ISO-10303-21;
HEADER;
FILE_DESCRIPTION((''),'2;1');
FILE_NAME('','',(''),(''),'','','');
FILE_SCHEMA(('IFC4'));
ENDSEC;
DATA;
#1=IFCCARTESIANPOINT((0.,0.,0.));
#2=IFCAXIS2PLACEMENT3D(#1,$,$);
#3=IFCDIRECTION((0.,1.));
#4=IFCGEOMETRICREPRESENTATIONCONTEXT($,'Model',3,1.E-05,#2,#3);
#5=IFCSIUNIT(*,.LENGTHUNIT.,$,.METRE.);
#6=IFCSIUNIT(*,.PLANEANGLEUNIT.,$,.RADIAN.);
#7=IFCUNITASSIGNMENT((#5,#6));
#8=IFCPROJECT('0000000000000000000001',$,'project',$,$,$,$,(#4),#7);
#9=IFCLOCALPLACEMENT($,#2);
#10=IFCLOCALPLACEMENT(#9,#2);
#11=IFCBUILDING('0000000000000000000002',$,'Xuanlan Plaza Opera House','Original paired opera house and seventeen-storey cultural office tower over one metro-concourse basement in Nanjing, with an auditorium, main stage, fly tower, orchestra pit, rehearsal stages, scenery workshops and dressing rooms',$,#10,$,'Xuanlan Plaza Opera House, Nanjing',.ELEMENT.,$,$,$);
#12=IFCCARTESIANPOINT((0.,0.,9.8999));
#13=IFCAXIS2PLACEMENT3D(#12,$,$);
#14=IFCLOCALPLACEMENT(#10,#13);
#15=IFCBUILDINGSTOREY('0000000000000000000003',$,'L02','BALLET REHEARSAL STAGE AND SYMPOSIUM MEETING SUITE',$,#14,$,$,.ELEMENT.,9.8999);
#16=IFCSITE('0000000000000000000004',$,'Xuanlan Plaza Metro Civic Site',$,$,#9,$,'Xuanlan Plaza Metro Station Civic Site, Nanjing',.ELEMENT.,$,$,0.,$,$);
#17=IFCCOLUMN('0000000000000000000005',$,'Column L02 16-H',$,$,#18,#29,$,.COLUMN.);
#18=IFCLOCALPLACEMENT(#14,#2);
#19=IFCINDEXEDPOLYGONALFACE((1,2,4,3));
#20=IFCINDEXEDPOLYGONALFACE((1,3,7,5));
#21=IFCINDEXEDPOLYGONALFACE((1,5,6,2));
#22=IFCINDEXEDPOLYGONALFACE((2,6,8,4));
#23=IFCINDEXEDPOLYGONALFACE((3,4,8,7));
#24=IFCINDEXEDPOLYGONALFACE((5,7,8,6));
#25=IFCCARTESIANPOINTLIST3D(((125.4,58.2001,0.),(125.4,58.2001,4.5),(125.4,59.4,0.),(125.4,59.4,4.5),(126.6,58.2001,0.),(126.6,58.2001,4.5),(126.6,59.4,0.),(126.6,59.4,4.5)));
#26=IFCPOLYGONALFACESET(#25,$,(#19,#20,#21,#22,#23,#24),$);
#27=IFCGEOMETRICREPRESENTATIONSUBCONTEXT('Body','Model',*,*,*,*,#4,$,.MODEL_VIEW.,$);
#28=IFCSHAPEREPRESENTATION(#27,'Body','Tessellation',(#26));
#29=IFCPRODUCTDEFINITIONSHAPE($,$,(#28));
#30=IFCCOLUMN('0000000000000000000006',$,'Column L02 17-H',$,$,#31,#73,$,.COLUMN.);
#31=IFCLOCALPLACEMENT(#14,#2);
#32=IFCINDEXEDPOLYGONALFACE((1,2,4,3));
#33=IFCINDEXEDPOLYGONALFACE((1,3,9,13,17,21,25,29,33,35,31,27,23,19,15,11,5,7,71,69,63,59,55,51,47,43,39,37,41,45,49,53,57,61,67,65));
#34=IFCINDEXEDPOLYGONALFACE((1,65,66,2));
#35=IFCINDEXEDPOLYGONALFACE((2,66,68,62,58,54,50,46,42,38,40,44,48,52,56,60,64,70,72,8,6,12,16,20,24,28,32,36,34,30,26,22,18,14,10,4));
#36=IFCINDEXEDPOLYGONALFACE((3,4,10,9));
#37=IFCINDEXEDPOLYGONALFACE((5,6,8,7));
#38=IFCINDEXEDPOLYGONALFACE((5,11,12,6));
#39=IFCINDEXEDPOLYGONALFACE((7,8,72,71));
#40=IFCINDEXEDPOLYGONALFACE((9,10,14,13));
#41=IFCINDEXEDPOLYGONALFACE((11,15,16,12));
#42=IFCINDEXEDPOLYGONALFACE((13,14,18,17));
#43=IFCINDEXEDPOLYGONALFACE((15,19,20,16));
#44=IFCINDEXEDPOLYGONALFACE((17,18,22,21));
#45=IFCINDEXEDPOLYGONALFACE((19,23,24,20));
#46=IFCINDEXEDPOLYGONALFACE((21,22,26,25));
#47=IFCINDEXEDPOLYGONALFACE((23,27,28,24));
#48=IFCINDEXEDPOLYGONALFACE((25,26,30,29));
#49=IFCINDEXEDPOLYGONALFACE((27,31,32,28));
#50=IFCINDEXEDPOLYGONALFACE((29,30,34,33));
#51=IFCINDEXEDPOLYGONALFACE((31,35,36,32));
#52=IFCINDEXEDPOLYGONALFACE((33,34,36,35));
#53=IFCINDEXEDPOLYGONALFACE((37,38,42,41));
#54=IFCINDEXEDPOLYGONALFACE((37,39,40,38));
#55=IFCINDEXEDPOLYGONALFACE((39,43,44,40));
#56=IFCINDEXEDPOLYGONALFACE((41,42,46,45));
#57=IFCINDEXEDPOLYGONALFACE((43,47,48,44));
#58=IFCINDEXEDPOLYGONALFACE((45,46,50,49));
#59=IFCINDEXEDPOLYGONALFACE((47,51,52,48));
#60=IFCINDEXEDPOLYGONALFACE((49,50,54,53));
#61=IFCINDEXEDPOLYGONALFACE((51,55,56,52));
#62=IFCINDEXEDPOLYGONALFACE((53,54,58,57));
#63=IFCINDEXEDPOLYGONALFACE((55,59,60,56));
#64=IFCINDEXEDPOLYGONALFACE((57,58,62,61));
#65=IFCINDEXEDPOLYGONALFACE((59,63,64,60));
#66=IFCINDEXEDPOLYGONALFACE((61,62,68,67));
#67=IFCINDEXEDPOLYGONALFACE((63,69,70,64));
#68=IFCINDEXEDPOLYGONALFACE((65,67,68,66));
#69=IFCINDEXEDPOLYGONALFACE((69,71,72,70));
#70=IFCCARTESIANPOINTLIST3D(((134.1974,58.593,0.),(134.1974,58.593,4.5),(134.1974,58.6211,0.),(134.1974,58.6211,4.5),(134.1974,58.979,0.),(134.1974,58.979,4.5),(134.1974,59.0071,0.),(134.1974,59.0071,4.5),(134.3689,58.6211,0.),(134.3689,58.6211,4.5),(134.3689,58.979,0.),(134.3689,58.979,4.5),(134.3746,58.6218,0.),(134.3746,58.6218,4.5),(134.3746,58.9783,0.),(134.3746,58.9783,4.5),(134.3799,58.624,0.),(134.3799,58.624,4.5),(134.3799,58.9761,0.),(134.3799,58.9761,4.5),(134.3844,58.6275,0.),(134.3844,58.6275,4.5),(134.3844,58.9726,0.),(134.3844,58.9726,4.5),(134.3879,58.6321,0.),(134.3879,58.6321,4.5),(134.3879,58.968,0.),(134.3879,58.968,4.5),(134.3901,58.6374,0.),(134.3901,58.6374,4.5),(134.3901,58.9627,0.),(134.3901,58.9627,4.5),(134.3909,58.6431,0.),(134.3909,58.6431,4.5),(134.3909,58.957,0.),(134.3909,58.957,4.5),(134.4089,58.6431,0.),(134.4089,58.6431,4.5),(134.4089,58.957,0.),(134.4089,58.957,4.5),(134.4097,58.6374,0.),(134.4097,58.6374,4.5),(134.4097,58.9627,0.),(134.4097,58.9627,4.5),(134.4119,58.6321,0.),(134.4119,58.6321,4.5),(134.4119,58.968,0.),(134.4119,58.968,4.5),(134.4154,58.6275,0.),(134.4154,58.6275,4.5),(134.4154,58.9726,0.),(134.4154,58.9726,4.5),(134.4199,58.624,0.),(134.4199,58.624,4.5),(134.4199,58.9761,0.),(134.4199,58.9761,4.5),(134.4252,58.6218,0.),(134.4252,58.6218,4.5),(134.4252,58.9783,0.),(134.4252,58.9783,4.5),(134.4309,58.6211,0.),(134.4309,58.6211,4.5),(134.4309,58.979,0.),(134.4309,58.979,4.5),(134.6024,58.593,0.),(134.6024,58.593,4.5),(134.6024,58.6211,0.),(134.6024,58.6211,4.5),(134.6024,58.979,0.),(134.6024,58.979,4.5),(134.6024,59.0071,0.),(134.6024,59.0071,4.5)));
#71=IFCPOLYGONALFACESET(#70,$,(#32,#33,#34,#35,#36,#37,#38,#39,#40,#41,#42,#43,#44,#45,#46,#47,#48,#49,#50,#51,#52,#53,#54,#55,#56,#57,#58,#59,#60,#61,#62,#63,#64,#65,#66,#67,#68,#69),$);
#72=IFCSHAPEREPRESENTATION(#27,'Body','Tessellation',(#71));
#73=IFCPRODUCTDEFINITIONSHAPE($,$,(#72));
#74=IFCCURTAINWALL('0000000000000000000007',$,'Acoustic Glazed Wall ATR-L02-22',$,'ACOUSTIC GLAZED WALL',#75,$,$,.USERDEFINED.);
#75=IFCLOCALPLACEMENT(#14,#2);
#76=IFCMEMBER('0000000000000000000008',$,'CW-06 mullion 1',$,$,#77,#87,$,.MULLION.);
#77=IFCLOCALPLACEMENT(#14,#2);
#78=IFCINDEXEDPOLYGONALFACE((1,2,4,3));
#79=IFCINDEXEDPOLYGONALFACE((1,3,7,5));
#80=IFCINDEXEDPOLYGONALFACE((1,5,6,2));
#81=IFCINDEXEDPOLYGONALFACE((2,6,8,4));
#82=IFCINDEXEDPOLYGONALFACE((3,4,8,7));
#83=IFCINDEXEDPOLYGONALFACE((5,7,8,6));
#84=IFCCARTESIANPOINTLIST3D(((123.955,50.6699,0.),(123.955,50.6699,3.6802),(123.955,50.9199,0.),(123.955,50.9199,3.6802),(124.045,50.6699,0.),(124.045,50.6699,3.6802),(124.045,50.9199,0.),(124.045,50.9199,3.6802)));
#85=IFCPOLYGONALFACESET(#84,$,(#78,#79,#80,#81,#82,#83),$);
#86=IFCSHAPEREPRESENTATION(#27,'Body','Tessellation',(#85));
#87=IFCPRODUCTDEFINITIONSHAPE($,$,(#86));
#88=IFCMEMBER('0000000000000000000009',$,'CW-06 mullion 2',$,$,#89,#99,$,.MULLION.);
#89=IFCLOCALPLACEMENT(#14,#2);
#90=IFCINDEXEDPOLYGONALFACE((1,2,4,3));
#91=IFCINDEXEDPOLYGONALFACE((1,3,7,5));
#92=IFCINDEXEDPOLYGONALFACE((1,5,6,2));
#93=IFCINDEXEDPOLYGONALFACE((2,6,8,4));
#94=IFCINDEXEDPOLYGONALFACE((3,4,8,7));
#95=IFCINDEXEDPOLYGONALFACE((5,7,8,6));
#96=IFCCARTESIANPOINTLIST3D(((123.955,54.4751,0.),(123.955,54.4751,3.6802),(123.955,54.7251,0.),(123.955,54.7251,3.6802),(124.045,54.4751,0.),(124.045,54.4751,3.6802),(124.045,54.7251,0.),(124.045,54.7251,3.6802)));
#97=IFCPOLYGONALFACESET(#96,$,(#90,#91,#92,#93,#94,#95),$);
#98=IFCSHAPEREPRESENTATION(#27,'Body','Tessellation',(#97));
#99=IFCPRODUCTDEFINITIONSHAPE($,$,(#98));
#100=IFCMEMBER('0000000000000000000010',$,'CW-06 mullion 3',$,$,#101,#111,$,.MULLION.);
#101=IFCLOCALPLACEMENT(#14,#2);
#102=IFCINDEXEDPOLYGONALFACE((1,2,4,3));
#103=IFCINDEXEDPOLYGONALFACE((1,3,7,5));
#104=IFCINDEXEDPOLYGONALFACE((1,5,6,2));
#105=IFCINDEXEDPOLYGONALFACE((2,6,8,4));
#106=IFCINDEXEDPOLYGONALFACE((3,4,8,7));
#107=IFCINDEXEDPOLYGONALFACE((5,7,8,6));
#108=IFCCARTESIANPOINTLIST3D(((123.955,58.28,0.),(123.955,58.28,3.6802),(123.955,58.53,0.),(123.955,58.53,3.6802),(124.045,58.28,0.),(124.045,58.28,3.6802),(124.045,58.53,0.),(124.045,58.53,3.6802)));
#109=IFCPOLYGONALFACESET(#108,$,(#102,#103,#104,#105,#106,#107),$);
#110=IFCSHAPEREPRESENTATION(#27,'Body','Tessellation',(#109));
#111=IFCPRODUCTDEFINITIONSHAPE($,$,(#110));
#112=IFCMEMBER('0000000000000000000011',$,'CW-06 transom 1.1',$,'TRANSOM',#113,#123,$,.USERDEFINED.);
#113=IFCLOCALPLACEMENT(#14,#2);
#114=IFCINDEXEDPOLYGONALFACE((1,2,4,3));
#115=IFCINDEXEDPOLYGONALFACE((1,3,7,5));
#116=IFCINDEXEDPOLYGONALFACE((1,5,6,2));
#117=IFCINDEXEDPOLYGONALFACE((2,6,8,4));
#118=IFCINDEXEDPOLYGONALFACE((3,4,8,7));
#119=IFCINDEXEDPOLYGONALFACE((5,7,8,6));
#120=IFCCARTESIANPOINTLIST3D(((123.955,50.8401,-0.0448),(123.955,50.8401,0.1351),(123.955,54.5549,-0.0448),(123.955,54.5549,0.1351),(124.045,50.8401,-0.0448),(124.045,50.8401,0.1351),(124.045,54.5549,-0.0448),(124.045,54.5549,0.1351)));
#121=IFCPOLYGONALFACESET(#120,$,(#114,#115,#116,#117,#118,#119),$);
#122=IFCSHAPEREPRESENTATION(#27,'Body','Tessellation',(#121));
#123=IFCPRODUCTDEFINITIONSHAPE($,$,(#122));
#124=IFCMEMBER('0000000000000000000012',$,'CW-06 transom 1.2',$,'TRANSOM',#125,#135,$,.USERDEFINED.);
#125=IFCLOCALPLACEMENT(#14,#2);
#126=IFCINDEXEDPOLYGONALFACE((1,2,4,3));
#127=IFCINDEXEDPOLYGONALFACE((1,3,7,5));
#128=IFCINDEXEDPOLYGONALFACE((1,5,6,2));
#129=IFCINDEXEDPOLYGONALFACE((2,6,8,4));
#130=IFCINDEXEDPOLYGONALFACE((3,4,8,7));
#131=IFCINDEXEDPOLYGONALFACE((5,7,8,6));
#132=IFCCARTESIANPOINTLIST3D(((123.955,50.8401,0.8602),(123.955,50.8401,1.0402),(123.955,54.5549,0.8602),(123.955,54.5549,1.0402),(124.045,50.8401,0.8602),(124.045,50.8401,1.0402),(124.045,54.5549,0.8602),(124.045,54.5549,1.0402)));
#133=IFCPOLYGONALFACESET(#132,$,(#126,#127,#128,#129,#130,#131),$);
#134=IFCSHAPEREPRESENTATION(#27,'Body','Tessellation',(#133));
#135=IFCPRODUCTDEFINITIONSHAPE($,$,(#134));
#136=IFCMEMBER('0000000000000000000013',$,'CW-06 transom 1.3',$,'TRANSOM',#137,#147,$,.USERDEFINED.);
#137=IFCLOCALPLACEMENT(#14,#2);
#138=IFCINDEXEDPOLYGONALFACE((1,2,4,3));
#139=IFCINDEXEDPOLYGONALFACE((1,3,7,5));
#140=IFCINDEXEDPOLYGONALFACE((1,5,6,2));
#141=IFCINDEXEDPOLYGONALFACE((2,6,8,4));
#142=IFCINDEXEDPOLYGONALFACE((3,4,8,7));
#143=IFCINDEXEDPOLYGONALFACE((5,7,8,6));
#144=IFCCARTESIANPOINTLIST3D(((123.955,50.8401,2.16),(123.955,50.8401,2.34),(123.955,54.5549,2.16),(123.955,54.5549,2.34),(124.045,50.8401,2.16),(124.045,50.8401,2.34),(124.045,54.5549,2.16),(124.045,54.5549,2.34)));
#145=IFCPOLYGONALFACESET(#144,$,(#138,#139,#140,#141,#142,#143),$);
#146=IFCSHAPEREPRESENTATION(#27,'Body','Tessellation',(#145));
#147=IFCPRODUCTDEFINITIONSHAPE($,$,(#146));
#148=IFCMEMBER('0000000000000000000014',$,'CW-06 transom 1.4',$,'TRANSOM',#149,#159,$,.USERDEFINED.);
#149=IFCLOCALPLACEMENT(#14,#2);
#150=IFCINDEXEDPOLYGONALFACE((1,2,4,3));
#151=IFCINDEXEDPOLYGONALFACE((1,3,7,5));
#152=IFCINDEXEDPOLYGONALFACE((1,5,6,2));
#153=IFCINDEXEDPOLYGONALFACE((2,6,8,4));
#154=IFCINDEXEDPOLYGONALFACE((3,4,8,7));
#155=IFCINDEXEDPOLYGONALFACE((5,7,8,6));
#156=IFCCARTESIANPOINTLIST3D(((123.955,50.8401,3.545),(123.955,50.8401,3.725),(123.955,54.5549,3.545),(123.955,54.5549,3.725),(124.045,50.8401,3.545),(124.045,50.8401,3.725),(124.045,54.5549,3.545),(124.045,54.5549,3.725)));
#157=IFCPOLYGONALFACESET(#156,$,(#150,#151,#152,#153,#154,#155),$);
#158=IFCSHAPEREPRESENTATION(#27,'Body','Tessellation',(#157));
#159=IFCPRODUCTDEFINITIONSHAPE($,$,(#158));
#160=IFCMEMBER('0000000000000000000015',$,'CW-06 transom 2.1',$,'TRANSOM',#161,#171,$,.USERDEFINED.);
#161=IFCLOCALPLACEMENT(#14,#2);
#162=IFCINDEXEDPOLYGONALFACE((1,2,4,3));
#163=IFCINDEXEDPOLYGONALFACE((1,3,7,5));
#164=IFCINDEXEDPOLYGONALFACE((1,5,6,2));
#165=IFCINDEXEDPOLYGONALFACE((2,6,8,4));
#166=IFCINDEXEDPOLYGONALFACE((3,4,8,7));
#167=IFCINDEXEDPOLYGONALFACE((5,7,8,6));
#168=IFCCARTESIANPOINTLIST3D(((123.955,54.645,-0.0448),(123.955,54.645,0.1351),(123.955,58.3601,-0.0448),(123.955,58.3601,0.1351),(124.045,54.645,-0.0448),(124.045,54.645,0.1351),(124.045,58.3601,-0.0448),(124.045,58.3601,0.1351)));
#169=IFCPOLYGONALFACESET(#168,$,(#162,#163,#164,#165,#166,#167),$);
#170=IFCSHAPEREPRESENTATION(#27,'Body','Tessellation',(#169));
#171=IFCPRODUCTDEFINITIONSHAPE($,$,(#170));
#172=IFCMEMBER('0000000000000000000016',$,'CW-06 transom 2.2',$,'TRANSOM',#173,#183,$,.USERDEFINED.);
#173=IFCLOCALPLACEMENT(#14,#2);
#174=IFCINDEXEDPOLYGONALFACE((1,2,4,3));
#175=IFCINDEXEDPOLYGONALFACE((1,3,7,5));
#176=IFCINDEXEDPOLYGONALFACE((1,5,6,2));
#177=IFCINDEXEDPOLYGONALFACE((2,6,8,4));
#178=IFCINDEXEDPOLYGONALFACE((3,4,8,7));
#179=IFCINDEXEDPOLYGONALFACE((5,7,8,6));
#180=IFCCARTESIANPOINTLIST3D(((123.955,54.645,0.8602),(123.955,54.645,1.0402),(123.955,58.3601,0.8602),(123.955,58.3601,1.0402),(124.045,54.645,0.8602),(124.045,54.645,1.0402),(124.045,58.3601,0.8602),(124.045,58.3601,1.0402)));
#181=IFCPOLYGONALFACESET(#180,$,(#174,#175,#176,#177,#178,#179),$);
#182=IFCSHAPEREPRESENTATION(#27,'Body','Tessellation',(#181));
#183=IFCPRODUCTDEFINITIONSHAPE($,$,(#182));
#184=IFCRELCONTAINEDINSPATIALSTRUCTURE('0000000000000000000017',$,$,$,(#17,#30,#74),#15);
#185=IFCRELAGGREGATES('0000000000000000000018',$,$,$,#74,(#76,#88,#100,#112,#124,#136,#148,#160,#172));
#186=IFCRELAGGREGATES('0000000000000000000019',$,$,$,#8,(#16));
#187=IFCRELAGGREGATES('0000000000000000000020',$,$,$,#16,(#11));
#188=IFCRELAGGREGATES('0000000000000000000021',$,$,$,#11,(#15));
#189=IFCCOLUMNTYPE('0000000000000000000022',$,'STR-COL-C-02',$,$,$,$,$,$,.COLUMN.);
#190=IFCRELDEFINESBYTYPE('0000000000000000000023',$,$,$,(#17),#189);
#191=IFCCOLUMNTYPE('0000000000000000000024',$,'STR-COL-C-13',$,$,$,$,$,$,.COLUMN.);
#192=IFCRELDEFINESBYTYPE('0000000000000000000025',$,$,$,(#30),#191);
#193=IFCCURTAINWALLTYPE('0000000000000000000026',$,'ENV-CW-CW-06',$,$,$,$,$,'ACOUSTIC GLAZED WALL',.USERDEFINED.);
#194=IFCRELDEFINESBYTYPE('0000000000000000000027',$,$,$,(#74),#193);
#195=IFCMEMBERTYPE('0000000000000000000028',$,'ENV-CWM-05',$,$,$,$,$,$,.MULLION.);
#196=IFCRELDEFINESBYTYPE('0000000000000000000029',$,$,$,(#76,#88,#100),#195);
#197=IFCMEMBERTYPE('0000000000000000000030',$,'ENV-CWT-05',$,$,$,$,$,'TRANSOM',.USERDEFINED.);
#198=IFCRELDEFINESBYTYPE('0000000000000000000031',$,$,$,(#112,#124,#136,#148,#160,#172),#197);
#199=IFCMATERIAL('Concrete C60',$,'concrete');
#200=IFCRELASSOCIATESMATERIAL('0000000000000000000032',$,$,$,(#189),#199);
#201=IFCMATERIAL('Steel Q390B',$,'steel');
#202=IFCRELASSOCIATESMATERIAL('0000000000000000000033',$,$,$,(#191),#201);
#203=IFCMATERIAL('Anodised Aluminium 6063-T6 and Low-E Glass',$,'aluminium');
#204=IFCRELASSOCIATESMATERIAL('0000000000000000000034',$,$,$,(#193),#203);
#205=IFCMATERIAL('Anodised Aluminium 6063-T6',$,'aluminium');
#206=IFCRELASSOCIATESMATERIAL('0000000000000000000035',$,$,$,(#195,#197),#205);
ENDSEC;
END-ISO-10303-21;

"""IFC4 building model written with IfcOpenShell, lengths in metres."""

from ifc_helpers import new_model, si_unit, direction, frame, origin, origin_2d, place, context, subcontext, project, spatial, rectangle, i_section, extrude, material, material_profile, profile_set, type_object, element, aggregate, save


model = new_model("IFC4")

# Units and contexts
model_context = context("Model", 3, precision=1e-05, world=origin(), true_north=direction((0.0, 1.0)))
body_context = subcontext(model_context, "Body", "Model", "MODEL_VIEW")
ifc_project = project(units=[si_unit("LENGTHUNIT", "METRE"), si_unit("PLANEANGLEUNIT", "RADIAN")], contexts=[model_context])

# Site, building, storey
site_placement = place(None, origin())
site = spatial("IfcSite", under=ifc_project, at=site_placement, Name="Xuanlan Plaza Metro Civic Site", LongName="Xuanlan Plaza Metro Station Civic Site, Nanjing", CompositionType="ELEMENT", RefElevation=0.0)
building_placement = place(site_placement, origin())
building = spatial("IfcBuilding", under=site, at=building_placement, Name="Xuanlan Plaza Opera House", Description="Original paired opera house and seventeen-storey cultural office tower over one metro-concourse basement in Nanjing, with an auditorium, main stage, fly tower, orchestra pit, rehearsal stages, scenery workshops and dressing rooms", LongName="Xuanlan Plaza Opera House, Nanjing", CompositionType="ELEMENT")
storey_placement = place(building_placement, frame((0.0, 0.0, 9.8999)))
storey = spatial("IfcBuildingStorey", under=building, at=storey_placement, Name="L02", Description="BALLET REHEARSAL STAGE AND SYMPOSIUM MEETING SUITE", CompositionType="ELEMENT", Elevation=9.8999)

# Columns
ifc_material_1 = material(Name="Concrete C60", Category="concrete")
ifc_material_profile_1 = material_profile(ifc_material_1, rectangle(XDim=1.2, YDim=1.2, at=origin_2d()), Name="RC-COL 1200x1200")
ifc_profile_set_1 = profile_set([ifc_material_profile_1], Name="Concrete C60")
column_type_1 = type_object("IfcColumnType", Name="STR-COL-C-02", PredefinedType="COLUMN", material=ifc_profile_set_1)
column_1_placement = place(storey_placement, frame((126.0, 58.8, 0.0), z_axis=(0.0, 0.0, 1.0), x_axis=(1.0, 0.0, 0.0)))
element("IfcColumn", 1, at=column_1_placement, inside=storey, type_object=column_type_1, Name="Column L02 16-H", PredefinedType="COLUMN", context=body_context, shape_type="SweptSolid", body=[
    extrude(rectangle(XDim=1.2, YDim=1.2, at=origin_2d()), origin(), (0.0, 0.0, 1.0), 4.5),
])
ifc_material_2 = material(Name="Steel Q390B", Category="steel")
ifc_material_profile_2 = material_profile(ifc_material_2, i_section(OverallWidth=0.405, OverallDepth=0.4141, WebThickness=0.0181, FlangeThickness=0.0281, FilletRadius=0.022, at=origin_2d()), Name="HW 414x405x18x28")
ifc_profile_set_2 = profile_set([ifc_material_profile_2], Name="Steel Q390B")
column_type_2 = type_object("IfcColumnType", Name="STR-COL-C-13", PredefinedType="COLUMN", material=ifc_profile_set_2)
column_2_placement = place(storey_placement, frame((134.3999, 58.8, 0.0), z_axis=(0.0, 0.0, 1.0), x_axis=(1.0, 0.0, 0.0)))
element("IfcColumn", 2, at=column_2_placement, inside=storey, type_object=column_type_2, Name="Column L02 17-H", PredefinedType="COLUMN", context=body_context, shape_type="SweptSolid", body=[
    extrude(i_section(OverallWidth=0.405, OverallDepth=0.4141, WebThickness=0.0181, FlangeThickness=0.0281, FilletRadius=0.022, at=origin_2d()), origin(), (0.0, 0.0, 1.0), 4.5),
])

# Curtain wall, members
ifc_material_3 = material(Name="Anodised Aluminium 6063-T6 and Low-E Glass", Category="aluminium")
curtain_wall_type = type_object("IfcCurtainWallType", Name="ENV-CW-CW-06", ElementType="ACOUSTIC GLAZED WALL", PredefinedType="USERDEFINED", material=ifc_material_3)
curtain_wall_placement = place(storey_placement, origin())
curtain_wall = element("IfcCurtainWall", 3, at=curtain_wall_placement, inside=storey, type_object=curtain_wall_type, Name="Acoustic Glazed Wall ATR-L02-22", ObjectType="ACOUSTIC GLAZED WALL", PredefinedType="USERDEFINED")
ifc_material_4 = material(Name="Anodised Aluminium 6063-T6", Category="aluminium")
ifc_material_profile_3 = material_profile(ifc_material_4, rectangle(XDim=0.0901, YDim=0.25, at=origin_2d()), Name="ALU-M 90x250")
ifc_profile_set_3 = profile_set([ifc_material_profile_3], Name="Anodised Aluminium 6063-T6")
member_type_1 = type_object("IfcMemberType", Name="ENV-CWM-05", PredefinedType="MULLION", material=ifc_profile_set_3)
member_1_placement = place(storey_placement, frame((124.0, 50.7949, 0.0), z_axis=(0.0, 0.0, 1.0), x_axis=(-1.0, 0.0, 0.0)))
member_1 = element("IfcMember", 4, at=member_1_placement, type_object=member_type_1, Name="CW-06 mullion 1", PredefinedType="MULLION", context=body_context, shape_type="SweptSolid", body=[
    extrude(rectangle(XDim=0.0901, YDim=0.25, at=origin_2d()), origin(), (0.0, 0.0, 1.0), 3.6802),
])
member_2_placement = place(storey_placement, frame((124.0, 54.6001, 0.0), z_axis=(0.0, 0.0, 1.0), x_axis=(-1.0, 0.0, 0.0)))
member_2 = element("IfcMember", 5, at=member_2_placement, type_object=member_type_1, Name="CW-06 mullion 2", PredefinedType="MULLION", context=body_context, shape_type="SweptSolid", body=[
    extrude(rectangle(XDim=0.0901, YDim=0.25, at=origin_2d()), origin(), (0.0, 0.0, 1.0), 3.6802),
])
member_3_placement = place(storey_placement, frame((124.0, 58.405, 0.0), z_axis=(0.0, 0.0, 1.0), x_axis=(-1.0, 0.0, 0.0)))
member_3 = element("IfcMember", 6, at=member_3_placement, type_object=member_type_1, Name="CW-06 mullion 3", PredefinedType="MULLION", context=body_context, shape_type="SweptSolid", body=[
    extrude(rectangle(XDim=0.0901, YDim=0.25, at=origin_2d()), origin(), (0.0, 0.0, 1.0), 3.6802),
])
ifc_material_profile_4 = material_profile(ifc_material_4, rectangle(XDim=0.0901, YDim=0.1799, at=origin_2d()), Name="ALU-T 90x180")
ifc_profile_set_4 = profile_set([ifc_material_profile_4], Name="Anodised Aluminium 6063-T6")
member_type_2 = type_object("IfcMemberType", Name="ENV-CWT-05", ElementType="TRANSOM", PredefinedType="USERDEFINED", material=ifc_profile_set_4)
member_4_placement = place(storey_placement, frame((124.0, 50.8401, 0.0452), z_axis=(0.0, 1.0, 0.0), x_axis=(-1.0, 0.0, 0.0)))
member_4 = element("IfcMember", 7, at=member_4_placement, type_object=member_type_2, Name="CW-06 transom 1.1", ObjectType="TRANSOM", PredefinedType="USERDEFINED", context=body_context, shape_type="SweptSolid", body=[
    extrude(rectangle(XDim=0.0901, YDim=0.1799, at=origin_2d()), origin(), (0.0, 0.0, 1.0), 3.7148),
])
member_5_placement = place(storey_placement, frame((124.0, 50.8401, 0.9502), z_axis=(0.0, 1.0, 0.0), x_axis=(-1.0, 0.0, 0.0)))
member_5 = element("IfcMember", 8, at=member_5_placement, type_object=member_type_2, Name="CW-06 transom 1.2", ObjectType="TRANSOM", PredefinedType="USERDEFINED", context=body_context, shape_type="SweptSolid", body=[
    extrude(rectangle(XDim=0.0901, YDim=0.1799, at=origin_2d()), origin(), (0.0, 0.0, 1.0), 3.7148),
])
member_6_placement = place(storey_placement, frame((124.0, 50.8401, 2.25), z_axis=(0.0, 1.0, 0.0), x_axis=(-1.0, 0.0, 0.0)))
member_6 = element("IfcMember", 9, at=member_6_placement, type_object=member_type_2, Name="CW-06 transom 1.3", ObjectType="TRANSOM", PredefinedType="USERDEFINED", context=body_context, shape_type="SweptSolid", body=[
    extrude(rectangle(XDim=0.0901, YDim=0.1799, at=origin_2d()), origin(), (0.0, 0.0, 1.0), 3.7148),
])
member_7_placement = place(storey_placement, frame((124.0, 50.8401, 3.635), z_axis=(0.0, 1.0, 0.0), x_axis=(-1.0, 0.0, 0.0)))
member_7 = element("IfcMember", 10, at=member_7_placement, type_object=member_type_2, Name="CW-06 transom 1.4", ObjectType="TRANSOM", PredefinedType="USERDEFINED", context=body_context, shape_type="SweptSolid", body=[
    extrude(rectangle(XDim=0.0901, YDim=0.1799, at=origin_2d()), origin(), (0.0, 0.0, 1.0), 3.7148),
])
member_8_placement = place(storey_placement, frame((124.0, 54.645, 0.0452), z_axis=(0.0, 1.0, 0.0), x_axis=(-1.0, 0.0, 0.0)))
member_8 = element("IfcMember", 11, at=member_8_placement, type_object=member_type_2, Name="CW-06 transom 2.1", ObjectType="TRANSOM", PredefinedType="USERDEFINED", context=body_context, shape_type="SweptSolid", body=[
    extrude(rectangle(XDim=0.0901, YDim=0.1799, at=origin_2d()), origin(), (0.0, 0.0, 1.0), 3.7151),
])
member_9_placement = place(storey_placement, frame((124.0, 54.645, 0.9502), z_axis=(0.0, 1.0, 0.0), x_axis=(-1.0, 0.0, 0.0)))
member_9 = element("IfcMember", 12, at=member_9_placement, type_object=member_type_2, Name="CW-06 transom 2.2", ObjectType="TRANSOM", PredefinedType="USERDEFINED", context=body_context, shape_type="SweptSolid", body=[
    extrude(rectangle(XDim=0.0901, YDim=0.1799, at=origin_2d()), origin(), (0.0, 0.0, 1.0), 3.7151),
])

aggregate(curtain_wall, [member_1, member_2, member_3, member_4, member_5, member_6, member_7, member_8, member_9])

save(model, "model.ifc")
